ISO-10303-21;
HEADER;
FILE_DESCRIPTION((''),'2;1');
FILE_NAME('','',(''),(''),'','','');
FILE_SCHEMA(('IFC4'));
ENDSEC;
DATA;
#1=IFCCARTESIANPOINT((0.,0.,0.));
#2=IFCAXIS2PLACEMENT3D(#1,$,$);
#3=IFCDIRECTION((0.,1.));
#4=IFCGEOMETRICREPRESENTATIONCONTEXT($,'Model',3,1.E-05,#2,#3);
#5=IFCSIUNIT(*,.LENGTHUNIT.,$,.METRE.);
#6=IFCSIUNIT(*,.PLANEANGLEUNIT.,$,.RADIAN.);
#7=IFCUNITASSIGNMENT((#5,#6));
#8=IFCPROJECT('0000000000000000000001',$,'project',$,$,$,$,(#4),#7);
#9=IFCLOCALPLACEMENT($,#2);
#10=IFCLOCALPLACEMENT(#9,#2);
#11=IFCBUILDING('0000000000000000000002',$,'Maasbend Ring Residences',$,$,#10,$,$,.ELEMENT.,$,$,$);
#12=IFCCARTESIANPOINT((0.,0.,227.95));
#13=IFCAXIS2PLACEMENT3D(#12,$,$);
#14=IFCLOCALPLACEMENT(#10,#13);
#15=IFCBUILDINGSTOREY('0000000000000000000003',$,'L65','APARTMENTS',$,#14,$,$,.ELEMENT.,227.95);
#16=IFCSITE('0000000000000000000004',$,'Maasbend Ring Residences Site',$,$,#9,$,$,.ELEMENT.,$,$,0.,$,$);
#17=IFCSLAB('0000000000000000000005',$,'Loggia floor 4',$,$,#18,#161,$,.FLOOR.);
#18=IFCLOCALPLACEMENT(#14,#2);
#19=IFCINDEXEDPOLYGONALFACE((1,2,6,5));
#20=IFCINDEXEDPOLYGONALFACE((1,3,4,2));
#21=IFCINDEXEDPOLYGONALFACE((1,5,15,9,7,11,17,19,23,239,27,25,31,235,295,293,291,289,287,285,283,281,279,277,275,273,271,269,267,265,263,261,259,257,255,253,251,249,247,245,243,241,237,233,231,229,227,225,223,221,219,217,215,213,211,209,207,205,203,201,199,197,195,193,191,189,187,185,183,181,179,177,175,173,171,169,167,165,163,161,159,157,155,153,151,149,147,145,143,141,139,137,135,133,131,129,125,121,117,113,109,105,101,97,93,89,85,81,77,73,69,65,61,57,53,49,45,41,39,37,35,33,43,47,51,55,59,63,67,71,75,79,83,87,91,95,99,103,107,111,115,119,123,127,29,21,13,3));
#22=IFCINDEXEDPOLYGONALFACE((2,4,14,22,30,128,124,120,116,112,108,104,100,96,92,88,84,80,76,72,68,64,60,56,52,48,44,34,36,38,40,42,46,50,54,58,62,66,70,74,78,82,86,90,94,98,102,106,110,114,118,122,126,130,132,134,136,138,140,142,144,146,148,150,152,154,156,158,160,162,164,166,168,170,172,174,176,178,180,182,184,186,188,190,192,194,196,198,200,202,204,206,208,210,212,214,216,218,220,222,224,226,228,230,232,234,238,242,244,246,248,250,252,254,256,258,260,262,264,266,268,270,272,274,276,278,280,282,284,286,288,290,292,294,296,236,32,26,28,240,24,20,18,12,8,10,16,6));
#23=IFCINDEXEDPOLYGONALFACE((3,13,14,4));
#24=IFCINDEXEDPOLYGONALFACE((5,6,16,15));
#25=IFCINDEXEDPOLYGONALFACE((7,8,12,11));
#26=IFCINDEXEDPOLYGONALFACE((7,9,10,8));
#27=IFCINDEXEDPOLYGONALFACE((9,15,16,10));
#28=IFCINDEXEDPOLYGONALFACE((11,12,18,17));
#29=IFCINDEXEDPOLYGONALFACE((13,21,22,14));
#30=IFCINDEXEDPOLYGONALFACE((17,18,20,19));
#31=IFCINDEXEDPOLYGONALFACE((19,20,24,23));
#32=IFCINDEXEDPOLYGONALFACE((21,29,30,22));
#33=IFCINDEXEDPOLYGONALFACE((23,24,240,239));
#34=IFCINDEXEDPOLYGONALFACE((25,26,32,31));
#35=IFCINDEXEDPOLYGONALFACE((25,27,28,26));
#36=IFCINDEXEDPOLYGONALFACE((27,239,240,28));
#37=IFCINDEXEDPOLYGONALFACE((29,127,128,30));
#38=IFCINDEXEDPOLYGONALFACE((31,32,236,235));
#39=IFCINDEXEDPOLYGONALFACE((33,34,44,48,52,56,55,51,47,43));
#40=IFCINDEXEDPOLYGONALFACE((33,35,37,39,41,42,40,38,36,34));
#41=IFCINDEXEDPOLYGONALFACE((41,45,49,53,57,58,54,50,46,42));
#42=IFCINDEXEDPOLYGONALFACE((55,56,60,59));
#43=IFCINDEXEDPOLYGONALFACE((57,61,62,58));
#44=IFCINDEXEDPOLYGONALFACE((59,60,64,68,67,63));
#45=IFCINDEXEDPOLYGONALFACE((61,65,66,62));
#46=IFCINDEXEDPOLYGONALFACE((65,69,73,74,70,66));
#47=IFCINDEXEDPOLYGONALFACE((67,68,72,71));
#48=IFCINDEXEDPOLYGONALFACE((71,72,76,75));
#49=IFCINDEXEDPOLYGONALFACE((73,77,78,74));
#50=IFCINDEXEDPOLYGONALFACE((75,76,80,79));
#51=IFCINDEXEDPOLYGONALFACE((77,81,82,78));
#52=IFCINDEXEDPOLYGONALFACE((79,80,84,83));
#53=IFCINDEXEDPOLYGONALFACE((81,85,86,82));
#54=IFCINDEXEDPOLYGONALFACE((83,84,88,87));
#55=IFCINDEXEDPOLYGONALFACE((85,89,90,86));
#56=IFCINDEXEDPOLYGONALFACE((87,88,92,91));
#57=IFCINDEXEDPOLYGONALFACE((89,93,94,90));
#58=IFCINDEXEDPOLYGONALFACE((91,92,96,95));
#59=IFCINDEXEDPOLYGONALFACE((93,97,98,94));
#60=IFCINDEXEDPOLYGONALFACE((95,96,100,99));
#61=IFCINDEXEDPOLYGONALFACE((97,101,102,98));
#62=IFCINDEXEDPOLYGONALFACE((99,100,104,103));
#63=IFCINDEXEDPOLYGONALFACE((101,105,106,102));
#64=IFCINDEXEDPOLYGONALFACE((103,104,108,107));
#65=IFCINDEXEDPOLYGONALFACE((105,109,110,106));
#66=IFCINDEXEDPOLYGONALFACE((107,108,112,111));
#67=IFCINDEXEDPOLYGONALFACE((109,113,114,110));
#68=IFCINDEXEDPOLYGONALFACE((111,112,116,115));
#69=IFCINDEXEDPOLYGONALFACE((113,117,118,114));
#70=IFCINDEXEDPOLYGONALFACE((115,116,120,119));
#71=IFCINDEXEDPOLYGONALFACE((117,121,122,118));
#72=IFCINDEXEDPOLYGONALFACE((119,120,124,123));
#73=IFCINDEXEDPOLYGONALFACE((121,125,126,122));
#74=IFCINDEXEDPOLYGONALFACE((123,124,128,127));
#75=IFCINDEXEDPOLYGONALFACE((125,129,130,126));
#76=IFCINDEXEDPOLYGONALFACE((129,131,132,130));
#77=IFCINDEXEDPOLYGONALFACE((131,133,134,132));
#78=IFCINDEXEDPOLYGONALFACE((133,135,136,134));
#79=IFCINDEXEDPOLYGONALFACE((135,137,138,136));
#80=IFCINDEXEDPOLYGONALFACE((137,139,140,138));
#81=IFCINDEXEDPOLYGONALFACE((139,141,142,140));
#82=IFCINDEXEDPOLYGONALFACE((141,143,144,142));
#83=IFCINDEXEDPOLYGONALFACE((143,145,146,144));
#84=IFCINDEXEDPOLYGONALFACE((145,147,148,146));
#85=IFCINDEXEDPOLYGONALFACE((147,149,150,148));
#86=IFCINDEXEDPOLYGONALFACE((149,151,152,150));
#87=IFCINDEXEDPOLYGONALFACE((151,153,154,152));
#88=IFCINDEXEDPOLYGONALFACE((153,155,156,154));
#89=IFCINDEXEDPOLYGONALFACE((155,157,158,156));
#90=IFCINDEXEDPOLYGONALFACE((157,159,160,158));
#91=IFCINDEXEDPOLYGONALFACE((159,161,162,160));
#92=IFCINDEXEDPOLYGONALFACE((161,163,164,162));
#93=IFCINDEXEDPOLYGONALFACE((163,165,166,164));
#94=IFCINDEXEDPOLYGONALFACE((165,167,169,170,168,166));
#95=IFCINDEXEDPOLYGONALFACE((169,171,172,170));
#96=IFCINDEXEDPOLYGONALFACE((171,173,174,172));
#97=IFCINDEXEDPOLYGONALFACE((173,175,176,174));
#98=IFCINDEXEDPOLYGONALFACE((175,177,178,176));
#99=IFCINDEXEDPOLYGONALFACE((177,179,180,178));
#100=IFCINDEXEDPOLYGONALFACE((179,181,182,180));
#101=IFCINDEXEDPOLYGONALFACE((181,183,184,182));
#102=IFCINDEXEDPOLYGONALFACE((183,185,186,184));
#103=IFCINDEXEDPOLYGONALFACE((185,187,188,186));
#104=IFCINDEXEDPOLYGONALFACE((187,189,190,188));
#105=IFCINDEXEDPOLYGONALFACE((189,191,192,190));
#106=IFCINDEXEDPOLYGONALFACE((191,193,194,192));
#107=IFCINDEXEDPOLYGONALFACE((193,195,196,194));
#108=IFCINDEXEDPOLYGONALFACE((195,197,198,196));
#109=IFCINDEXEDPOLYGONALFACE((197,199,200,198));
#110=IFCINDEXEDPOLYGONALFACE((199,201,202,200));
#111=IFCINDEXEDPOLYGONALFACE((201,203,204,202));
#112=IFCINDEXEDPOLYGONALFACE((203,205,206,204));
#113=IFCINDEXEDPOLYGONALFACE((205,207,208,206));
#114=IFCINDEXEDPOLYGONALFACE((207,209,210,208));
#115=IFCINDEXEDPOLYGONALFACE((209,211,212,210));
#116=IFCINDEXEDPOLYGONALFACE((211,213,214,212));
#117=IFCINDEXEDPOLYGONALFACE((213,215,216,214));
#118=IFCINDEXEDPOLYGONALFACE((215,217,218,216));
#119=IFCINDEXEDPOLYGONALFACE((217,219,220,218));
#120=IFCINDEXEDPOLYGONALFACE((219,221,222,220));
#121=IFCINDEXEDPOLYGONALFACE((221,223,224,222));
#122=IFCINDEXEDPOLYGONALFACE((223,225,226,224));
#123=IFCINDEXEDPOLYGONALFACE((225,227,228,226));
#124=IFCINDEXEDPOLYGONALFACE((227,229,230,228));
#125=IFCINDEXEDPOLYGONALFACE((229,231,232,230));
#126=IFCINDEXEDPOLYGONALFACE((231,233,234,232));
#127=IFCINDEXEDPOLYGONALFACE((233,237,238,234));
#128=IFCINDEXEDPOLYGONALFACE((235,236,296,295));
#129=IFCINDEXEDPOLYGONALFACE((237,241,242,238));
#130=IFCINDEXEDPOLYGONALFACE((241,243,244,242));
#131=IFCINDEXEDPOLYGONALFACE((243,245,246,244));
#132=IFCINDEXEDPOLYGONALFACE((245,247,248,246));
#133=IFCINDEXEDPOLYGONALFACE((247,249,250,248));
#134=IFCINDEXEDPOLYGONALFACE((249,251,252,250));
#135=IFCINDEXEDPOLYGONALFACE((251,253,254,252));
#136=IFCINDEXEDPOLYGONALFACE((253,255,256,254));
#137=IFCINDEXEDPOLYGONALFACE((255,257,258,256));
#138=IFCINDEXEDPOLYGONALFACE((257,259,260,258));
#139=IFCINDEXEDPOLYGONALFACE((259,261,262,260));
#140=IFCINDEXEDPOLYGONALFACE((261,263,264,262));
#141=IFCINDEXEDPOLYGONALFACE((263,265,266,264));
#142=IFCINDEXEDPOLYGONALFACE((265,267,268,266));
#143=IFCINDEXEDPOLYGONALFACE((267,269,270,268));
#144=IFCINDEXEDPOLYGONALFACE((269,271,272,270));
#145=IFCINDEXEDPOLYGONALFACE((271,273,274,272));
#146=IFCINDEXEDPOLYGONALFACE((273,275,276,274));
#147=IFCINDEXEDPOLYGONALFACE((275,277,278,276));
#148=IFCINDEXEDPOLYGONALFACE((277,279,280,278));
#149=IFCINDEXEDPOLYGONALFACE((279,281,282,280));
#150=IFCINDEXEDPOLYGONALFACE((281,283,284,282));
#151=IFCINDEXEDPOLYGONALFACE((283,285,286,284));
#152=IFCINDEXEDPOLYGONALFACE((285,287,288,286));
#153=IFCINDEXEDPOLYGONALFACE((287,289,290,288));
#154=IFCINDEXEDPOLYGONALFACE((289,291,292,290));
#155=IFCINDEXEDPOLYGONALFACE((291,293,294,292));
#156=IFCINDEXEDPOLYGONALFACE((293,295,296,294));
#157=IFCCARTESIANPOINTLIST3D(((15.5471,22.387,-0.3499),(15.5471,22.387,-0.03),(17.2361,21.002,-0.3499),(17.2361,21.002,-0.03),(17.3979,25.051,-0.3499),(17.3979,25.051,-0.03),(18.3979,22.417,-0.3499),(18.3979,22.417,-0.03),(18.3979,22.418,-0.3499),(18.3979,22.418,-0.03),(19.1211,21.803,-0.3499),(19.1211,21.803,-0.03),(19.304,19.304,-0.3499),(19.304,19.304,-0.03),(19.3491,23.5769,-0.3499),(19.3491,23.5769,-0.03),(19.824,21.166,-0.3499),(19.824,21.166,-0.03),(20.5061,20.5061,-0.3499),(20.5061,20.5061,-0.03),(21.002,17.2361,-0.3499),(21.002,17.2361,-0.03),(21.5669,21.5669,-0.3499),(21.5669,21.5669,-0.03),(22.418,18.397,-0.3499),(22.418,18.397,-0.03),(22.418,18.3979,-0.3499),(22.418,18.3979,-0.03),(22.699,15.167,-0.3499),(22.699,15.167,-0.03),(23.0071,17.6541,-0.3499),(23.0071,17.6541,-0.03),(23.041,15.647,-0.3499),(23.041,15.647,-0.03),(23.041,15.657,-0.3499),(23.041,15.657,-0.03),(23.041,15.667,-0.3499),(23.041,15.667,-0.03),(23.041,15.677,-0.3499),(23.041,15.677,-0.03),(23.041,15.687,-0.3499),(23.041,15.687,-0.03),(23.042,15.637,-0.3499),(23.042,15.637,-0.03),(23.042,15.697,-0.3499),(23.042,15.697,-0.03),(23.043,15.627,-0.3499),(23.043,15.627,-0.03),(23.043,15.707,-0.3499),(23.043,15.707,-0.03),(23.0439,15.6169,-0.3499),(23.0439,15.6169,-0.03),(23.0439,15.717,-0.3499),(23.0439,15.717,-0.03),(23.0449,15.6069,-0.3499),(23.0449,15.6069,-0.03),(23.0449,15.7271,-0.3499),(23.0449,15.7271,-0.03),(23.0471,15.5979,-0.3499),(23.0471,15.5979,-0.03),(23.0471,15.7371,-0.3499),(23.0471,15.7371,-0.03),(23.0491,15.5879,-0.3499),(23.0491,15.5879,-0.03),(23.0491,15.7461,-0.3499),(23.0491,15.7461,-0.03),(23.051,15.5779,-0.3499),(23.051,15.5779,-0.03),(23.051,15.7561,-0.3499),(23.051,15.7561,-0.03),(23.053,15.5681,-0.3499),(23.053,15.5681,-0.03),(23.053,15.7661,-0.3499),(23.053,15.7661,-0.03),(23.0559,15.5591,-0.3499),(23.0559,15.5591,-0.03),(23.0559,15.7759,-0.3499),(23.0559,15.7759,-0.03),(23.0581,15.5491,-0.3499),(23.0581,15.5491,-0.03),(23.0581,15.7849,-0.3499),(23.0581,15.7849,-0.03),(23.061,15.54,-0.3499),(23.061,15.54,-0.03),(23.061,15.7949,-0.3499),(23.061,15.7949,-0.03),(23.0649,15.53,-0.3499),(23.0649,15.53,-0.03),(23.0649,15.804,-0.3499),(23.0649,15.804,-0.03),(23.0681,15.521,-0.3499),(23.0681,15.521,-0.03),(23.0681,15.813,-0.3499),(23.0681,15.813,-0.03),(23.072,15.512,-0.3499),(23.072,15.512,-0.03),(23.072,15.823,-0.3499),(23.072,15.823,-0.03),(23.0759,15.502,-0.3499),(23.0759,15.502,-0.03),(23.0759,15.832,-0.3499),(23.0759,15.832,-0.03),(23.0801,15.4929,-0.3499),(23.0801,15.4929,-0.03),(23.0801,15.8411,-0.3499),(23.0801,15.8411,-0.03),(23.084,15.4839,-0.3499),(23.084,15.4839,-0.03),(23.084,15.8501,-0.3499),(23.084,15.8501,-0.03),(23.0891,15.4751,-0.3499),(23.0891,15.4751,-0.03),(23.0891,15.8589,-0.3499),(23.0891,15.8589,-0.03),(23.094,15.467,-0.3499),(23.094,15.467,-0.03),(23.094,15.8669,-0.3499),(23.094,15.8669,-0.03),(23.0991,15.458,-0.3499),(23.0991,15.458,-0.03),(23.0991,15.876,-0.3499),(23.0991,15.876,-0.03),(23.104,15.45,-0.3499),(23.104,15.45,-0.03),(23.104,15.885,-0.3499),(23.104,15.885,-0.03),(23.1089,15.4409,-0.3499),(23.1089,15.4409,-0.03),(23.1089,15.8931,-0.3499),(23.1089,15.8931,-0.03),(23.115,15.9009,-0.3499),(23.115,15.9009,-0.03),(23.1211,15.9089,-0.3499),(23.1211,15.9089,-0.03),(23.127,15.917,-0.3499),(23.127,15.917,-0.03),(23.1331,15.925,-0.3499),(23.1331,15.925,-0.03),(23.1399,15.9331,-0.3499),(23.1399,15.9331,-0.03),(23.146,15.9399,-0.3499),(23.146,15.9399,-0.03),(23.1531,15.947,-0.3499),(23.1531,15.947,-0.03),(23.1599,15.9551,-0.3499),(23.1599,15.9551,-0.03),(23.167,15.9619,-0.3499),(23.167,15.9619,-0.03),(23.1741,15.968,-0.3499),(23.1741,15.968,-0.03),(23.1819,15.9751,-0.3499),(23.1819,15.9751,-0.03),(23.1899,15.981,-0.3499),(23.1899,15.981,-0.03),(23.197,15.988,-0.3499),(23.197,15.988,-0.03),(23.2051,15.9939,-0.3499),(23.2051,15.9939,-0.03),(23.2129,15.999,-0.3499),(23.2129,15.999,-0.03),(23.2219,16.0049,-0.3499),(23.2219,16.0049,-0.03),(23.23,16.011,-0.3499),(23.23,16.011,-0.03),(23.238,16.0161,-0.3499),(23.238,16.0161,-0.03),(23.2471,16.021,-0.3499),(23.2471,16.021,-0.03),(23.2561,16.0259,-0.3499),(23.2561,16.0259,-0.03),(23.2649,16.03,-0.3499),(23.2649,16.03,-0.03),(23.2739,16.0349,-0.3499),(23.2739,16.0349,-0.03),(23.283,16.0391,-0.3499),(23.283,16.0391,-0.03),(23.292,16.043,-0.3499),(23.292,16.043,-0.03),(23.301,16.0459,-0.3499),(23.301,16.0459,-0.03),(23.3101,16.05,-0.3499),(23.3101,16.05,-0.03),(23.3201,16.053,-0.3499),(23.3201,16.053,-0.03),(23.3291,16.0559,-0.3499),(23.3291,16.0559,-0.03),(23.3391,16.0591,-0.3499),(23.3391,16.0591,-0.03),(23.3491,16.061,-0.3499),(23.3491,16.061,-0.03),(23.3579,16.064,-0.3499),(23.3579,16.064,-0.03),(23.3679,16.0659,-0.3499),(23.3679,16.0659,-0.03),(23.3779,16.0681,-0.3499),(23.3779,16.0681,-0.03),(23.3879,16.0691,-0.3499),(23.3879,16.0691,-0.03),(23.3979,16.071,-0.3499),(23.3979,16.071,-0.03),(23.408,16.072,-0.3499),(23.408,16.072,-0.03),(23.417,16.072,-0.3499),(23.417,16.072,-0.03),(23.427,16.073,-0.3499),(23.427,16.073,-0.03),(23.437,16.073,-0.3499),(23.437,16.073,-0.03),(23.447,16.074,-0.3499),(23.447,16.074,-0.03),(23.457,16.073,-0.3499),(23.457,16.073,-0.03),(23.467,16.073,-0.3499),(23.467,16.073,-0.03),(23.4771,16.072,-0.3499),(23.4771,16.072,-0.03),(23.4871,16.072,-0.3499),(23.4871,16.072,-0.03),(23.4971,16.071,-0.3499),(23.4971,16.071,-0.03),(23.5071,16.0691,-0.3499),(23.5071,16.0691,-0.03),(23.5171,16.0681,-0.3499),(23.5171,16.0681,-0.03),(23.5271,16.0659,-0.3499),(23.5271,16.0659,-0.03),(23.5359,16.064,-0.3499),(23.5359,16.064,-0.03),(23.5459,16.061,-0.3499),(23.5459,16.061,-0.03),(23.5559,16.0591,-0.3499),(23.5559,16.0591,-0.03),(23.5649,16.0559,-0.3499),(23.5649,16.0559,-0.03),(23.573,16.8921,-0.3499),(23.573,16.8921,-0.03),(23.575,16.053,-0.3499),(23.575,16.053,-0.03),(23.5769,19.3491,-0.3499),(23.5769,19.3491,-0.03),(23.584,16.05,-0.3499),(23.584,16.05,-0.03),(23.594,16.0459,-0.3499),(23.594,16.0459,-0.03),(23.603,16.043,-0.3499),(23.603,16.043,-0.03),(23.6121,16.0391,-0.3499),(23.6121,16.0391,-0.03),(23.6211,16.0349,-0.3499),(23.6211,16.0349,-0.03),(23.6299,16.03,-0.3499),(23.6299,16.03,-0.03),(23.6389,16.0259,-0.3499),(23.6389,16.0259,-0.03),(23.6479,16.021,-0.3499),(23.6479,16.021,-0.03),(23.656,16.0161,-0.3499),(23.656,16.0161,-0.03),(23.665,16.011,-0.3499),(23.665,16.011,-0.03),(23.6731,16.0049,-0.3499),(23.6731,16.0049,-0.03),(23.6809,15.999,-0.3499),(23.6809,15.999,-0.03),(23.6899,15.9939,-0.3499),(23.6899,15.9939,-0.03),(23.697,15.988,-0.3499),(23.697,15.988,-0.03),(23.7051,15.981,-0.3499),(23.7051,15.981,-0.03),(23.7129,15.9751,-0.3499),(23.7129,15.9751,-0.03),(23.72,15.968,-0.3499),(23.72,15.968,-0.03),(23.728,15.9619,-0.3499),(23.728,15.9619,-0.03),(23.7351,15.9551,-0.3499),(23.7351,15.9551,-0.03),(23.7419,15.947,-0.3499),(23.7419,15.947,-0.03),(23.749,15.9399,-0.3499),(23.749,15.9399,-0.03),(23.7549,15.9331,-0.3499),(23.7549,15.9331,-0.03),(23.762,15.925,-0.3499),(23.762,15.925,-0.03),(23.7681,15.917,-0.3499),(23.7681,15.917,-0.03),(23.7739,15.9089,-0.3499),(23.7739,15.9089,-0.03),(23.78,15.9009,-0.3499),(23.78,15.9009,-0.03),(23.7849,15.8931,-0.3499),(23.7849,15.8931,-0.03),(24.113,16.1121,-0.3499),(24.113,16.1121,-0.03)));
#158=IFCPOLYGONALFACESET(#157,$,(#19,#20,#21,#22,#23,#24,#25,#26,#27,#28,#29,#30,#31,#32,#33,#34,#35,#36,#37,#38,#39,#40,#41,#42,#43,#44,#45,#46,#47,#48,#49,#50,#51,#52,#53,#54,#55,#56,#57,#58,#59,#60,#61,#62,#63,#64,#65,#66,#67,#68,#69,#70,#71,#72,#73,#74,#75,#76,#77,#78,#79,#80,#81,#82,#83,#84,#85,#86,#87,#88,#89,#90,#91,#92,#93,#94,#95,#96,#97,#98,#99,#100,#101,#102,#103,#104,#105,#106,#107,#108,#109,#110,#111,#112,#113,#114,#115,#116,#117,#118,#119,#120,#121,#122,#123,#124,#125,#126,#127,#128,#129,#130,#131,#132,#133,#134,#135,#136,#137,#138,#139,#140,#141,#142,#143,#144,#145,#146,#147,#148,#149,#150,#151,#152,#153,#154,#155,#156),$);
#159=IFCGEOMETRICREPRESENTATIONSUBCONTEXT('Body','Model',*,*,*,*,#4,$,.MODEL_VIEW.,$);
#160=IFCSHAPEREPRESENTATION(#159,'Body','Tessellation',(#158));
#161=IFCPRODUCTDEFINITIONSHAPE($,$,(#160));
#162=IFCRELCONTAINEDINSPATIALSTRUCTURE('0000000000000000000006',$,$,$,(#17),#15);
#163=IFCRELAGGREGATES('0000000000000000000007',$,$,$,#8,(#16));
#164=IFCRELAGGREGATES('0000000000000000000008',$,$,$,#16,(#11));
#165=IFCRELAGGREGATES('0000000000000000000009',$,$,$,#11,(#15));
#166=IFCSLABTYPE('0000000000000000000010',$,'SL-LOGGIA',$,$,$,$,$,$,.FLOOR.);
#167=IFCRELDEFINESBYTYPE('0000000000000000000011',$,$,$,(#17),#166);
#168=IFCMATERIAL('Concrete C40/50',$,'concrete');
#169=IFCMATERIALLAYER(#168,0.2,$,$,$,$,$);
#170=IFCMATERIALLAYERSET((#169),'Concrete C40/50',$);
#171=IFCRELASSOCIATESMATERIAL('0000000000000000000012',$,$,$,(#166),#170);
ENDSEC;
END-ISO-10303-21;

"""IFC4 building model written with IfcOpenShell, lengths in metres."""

from ifc_helpers import new_model, si_unit, direction, frame, origin, place, context, subcontext, project, spatial, polyline, outline, extrude, material, layer, layer_set, type_object, element, save


model = new_model("IFC4")

# Units and contexts
model_context = context("Model", 3, precision=1e-05, world=origin(), true_north=direction((0.0, 1.0)))
body_context = subcontext(model_context, "Body", "Model", "MODEL_VIEW")
ifc_project = project(units=[si_unit("LENGTHUNIT", "METRE"), si_unit("PLANEANGLEUNIT", "RADIAN")], contexts=[model_context])

# Site, building, storey
site_placement = place(None, origin())
site = spatial("IfcSite", under=ifc_project, at=site_placement, Name="Maasbend Ring Residences Site", CompositionType="ELEMENT", RefElevation=0.0)
building_placement = place(site_placement, origin())
building = spatial("IfcBuilding", under=site, at=building_placement, Name="Maasbend Ring Residences", CompositionType="ELEMENT")
storey_placement = place(building_placement, frame((0.0, 0.0, 227.95)))
storey = spatial("IfcBuildingStorey", under=building, at=storey_placement, Name="L65", Description="APARTMENTS", CompositionType="ELEMENT", Elevation=227.95)

# Slab
ifc_material_1 = material(Name="Concrete C40/50", Category="concrete")
ifc_layer_1 = layer(ifc_material_1, 0.2)
ifc_layer_set_1 = layer_set([ifc_layer_1], Name="Concrete C40/50")
slab_type = type_object("IfcSlabType", Name="SL-LOGGIA", PredefinedType="FLOOR", material=ifc_layer_set_1)
slab_1_placement = place(storey_placement, frame((0.0, 0.0, -0.3499)))
element("IfcSlab", 1, at=slab_1_placement, inside=storey, type_object=slab_type, Name="Loggia floor 4", PredefinedType="FLOOR", context=body_context, shape_type="SweptSolid", body=[
    extrude(outline(polyline([(19.3491, 23.5769), (19.3491, 23.5769), (19.3491, 23.5769), (18.3979, 22.418), (18.3979, 22.418), (18.3979, 22.418), (18.3979, 22.418), (18.3979, 22.418), (18.3979, 22.417), (18.3979, 22.417), (18.3979, 22.417), (18.3979, 22.417), (18.3979, 22.417), (18.3979, 22.417), (18.3979, 22.417), (18.3979, 22.417), (18.3979, 22.417), (18.3979, 22.417), (18.3979, 22.417), (18.3979, 22.417), (19.1211, 21.803), (19.1211, 21.803), (19.824, 21.166), (19.824, 21.166), (20.5061, 20.5061), (20.5061, 20.5061), (20.5061, 20.5061), (20.5061, 20.5061), (20.5061, 20.5061), (20.5061, 20.5061), (20.5061, 20.5061), (20.5061, 20.5061), (20.5061, 20.5061), (20.5061, 20.5061), (20.5061, 20.5061), (20.5061, 20.5061), (20.5061, 20.5061), (20.5061, 20.5061), (20.5061, 20.5061), (20.5061, 20.5061), (20.5061, 20.5061), (21.5669, 21.5669), (21.5669, 21.5669), (21.5669, 21.5669), (23.5769, 19.3491), (23.5769, 19.3491), (23.5769, 19.3491), (22.418, 18.3979), (22.418, 18.3979), (22.418, 18.3979), (22.418, 18.3979), (22.418, 18.3979), (22.418, 18.3979), (22.418, 18.397), (22.418, 18.397), (22.418, 18.397), (22.418, 18.397), (22.418, 18.397), (22.418, 18.397), (22.418, 18.397), (22.418, 18.397), (22.418, 18.397), (22.418, 18.397), (22.418, 18.397), (23.0071, 17.6541), (23.0071, 17.6541), (23.573, 16.8921), (23.573, 16.8921), (24.113, 16.1121), (24.113, 16.1121), (24.113, 16.1121), (23.7849, 15.8931), (23.7849, 15.8931), (23.78, 15.9009), (23.7739, 15.9089), (23.7681, 15.917), (23.762, 15.925), (23.7549, 15.9331), (23.749, 15.9399), (23.7419, 15.947), (23.7351, 15.9551), (23.728, 15.9619), (23.72, 15.968), (23.7129, 15.9751), (23.7051, 15.981), (23.697, 15.988), (23.6899, 15.9939), (23.6809, 15.999), (23.6731, 16.0049), (23.665, 16.011), (23.656, 16.0161), (23.6479, 16.021), (23.6389, 16.0259), (23.6299, 16.03), (23.6211, 16.0349), (23.6121, 16.0391), (23.603, 16.043), (23.594, 16.0459), (23.584, 16.05), (23.575, 16.053), (23.5649, 16.0559), (23.5559, 16.0591), (23.5459, 16.061), (23.5359, 16.064), (23.5271, 16.0659), (23.5171, 16.0681), (23.5071, 16.0691), (23.4971, 16.071), (23.4871, 16.072), (23.4771, 16.072), (23.467, 16.073), (23.457, 16.073), (23.447, 16.074), (23.437, 16.073), (23.427, 16.073), (23.417, 16.072), (23.408, 16.072), (23.3979, 16.071), (23.3879, 16.0691), (23.3779, 16.0681), (23.3679, 16.0659), (23.3579, 16.064), (23.3491, 16.061), (23.3391, 16.0591), (23.3291, 16.0559), (23.3201, 16.053), (23.3101, 16.05), (23.301, 16.0459), (23.292, 16.043), (23.283, 16.0391), (23.2739, 16.0349), (23.2649, 16.03), (23.2561, 16.0259), (23.2471, 16.021), (23.238, 16.0161), (23.23, 16.011), (23.2219, 16.0049), (23.2129, 15.999), (23.2051, 15.9939), (23.197, 15.988), (23.1899, 15.981), (23.1819, 15.9751), (23.1741, 15.968), (23.167, 15.9619), (23.1599, 15.9551), (23.1531, 15.947), (23.146, 15.9399), (23.1399, 15.9331), (23.1331, 15.925), (23.127, 15.917), (23.1211, 15.9089), (23.115, 15.9009), (23.1089, 15.8931), (23.104, 15.885), (23.0991, 15.876), (23.094, 15.8669), (23.0891, 15.8589), (23.084, 15.8501), (23.0801, 15.8411), (23.0759, 15.832), (23.072, 15.823), (23.0681, 15.813), (23.0649, 15.804), (23.061, 15.7949), (23.0581, 15.7849), (23.0559, 15.7759), (23.053, 15.7661), (23.051, 15.7561), (23.0491, 15.7461), (23.0471, 15.7371), (23.0449, 15.7271), (23.0439, 15.717), (23.043, 15.707), (23.042, 15.697), (23.041, 15.687), (23.041, 15.677), (23.041, 15.667), (23.041, 15.657), (23.041, 15.647), (23.042, 15.637), (23.043, 15.627), (23.0439, 15.6169), (23.0449, 15.6069), (23.0471, 15.5979), (23.0491, 15.5879), (23.051, 15.5779), (23.053, 15.5681), (23.0559, 15.5591), (23.0581, 15.5491), (23.061, 15.54), (23.0649, 15.53), (23.0681, 15.521), (23.072, 15.512), (23.0759, 15.502), (23.0801, 15.4929), (23.084, 15.4839), (23.0891, 15.4751), (23.094, 15.467), (23.0991, 15.458), (23.104, 15.45), (23.1089, 15.4409), (23.1089, 15.4409), (22.699, 15.167), (22.699, 15.167), (22.699, 15.167), (21.002, 17.2361), (19.304, 19.304), (19.304, 19.304), (19.304, 19.304), (17.2361, 21.002), (15.5471, 22.387), (15.5471, 22.387), (15.5471, 22.387), (17.3979, 25.051), (17.3979, 25.051), (17.3979, 25.051), (19.3491, 23.5769)])), origin(), (0.0, 0.0, 1.0), 0.3198),
])

save(model, "model.ifc")
